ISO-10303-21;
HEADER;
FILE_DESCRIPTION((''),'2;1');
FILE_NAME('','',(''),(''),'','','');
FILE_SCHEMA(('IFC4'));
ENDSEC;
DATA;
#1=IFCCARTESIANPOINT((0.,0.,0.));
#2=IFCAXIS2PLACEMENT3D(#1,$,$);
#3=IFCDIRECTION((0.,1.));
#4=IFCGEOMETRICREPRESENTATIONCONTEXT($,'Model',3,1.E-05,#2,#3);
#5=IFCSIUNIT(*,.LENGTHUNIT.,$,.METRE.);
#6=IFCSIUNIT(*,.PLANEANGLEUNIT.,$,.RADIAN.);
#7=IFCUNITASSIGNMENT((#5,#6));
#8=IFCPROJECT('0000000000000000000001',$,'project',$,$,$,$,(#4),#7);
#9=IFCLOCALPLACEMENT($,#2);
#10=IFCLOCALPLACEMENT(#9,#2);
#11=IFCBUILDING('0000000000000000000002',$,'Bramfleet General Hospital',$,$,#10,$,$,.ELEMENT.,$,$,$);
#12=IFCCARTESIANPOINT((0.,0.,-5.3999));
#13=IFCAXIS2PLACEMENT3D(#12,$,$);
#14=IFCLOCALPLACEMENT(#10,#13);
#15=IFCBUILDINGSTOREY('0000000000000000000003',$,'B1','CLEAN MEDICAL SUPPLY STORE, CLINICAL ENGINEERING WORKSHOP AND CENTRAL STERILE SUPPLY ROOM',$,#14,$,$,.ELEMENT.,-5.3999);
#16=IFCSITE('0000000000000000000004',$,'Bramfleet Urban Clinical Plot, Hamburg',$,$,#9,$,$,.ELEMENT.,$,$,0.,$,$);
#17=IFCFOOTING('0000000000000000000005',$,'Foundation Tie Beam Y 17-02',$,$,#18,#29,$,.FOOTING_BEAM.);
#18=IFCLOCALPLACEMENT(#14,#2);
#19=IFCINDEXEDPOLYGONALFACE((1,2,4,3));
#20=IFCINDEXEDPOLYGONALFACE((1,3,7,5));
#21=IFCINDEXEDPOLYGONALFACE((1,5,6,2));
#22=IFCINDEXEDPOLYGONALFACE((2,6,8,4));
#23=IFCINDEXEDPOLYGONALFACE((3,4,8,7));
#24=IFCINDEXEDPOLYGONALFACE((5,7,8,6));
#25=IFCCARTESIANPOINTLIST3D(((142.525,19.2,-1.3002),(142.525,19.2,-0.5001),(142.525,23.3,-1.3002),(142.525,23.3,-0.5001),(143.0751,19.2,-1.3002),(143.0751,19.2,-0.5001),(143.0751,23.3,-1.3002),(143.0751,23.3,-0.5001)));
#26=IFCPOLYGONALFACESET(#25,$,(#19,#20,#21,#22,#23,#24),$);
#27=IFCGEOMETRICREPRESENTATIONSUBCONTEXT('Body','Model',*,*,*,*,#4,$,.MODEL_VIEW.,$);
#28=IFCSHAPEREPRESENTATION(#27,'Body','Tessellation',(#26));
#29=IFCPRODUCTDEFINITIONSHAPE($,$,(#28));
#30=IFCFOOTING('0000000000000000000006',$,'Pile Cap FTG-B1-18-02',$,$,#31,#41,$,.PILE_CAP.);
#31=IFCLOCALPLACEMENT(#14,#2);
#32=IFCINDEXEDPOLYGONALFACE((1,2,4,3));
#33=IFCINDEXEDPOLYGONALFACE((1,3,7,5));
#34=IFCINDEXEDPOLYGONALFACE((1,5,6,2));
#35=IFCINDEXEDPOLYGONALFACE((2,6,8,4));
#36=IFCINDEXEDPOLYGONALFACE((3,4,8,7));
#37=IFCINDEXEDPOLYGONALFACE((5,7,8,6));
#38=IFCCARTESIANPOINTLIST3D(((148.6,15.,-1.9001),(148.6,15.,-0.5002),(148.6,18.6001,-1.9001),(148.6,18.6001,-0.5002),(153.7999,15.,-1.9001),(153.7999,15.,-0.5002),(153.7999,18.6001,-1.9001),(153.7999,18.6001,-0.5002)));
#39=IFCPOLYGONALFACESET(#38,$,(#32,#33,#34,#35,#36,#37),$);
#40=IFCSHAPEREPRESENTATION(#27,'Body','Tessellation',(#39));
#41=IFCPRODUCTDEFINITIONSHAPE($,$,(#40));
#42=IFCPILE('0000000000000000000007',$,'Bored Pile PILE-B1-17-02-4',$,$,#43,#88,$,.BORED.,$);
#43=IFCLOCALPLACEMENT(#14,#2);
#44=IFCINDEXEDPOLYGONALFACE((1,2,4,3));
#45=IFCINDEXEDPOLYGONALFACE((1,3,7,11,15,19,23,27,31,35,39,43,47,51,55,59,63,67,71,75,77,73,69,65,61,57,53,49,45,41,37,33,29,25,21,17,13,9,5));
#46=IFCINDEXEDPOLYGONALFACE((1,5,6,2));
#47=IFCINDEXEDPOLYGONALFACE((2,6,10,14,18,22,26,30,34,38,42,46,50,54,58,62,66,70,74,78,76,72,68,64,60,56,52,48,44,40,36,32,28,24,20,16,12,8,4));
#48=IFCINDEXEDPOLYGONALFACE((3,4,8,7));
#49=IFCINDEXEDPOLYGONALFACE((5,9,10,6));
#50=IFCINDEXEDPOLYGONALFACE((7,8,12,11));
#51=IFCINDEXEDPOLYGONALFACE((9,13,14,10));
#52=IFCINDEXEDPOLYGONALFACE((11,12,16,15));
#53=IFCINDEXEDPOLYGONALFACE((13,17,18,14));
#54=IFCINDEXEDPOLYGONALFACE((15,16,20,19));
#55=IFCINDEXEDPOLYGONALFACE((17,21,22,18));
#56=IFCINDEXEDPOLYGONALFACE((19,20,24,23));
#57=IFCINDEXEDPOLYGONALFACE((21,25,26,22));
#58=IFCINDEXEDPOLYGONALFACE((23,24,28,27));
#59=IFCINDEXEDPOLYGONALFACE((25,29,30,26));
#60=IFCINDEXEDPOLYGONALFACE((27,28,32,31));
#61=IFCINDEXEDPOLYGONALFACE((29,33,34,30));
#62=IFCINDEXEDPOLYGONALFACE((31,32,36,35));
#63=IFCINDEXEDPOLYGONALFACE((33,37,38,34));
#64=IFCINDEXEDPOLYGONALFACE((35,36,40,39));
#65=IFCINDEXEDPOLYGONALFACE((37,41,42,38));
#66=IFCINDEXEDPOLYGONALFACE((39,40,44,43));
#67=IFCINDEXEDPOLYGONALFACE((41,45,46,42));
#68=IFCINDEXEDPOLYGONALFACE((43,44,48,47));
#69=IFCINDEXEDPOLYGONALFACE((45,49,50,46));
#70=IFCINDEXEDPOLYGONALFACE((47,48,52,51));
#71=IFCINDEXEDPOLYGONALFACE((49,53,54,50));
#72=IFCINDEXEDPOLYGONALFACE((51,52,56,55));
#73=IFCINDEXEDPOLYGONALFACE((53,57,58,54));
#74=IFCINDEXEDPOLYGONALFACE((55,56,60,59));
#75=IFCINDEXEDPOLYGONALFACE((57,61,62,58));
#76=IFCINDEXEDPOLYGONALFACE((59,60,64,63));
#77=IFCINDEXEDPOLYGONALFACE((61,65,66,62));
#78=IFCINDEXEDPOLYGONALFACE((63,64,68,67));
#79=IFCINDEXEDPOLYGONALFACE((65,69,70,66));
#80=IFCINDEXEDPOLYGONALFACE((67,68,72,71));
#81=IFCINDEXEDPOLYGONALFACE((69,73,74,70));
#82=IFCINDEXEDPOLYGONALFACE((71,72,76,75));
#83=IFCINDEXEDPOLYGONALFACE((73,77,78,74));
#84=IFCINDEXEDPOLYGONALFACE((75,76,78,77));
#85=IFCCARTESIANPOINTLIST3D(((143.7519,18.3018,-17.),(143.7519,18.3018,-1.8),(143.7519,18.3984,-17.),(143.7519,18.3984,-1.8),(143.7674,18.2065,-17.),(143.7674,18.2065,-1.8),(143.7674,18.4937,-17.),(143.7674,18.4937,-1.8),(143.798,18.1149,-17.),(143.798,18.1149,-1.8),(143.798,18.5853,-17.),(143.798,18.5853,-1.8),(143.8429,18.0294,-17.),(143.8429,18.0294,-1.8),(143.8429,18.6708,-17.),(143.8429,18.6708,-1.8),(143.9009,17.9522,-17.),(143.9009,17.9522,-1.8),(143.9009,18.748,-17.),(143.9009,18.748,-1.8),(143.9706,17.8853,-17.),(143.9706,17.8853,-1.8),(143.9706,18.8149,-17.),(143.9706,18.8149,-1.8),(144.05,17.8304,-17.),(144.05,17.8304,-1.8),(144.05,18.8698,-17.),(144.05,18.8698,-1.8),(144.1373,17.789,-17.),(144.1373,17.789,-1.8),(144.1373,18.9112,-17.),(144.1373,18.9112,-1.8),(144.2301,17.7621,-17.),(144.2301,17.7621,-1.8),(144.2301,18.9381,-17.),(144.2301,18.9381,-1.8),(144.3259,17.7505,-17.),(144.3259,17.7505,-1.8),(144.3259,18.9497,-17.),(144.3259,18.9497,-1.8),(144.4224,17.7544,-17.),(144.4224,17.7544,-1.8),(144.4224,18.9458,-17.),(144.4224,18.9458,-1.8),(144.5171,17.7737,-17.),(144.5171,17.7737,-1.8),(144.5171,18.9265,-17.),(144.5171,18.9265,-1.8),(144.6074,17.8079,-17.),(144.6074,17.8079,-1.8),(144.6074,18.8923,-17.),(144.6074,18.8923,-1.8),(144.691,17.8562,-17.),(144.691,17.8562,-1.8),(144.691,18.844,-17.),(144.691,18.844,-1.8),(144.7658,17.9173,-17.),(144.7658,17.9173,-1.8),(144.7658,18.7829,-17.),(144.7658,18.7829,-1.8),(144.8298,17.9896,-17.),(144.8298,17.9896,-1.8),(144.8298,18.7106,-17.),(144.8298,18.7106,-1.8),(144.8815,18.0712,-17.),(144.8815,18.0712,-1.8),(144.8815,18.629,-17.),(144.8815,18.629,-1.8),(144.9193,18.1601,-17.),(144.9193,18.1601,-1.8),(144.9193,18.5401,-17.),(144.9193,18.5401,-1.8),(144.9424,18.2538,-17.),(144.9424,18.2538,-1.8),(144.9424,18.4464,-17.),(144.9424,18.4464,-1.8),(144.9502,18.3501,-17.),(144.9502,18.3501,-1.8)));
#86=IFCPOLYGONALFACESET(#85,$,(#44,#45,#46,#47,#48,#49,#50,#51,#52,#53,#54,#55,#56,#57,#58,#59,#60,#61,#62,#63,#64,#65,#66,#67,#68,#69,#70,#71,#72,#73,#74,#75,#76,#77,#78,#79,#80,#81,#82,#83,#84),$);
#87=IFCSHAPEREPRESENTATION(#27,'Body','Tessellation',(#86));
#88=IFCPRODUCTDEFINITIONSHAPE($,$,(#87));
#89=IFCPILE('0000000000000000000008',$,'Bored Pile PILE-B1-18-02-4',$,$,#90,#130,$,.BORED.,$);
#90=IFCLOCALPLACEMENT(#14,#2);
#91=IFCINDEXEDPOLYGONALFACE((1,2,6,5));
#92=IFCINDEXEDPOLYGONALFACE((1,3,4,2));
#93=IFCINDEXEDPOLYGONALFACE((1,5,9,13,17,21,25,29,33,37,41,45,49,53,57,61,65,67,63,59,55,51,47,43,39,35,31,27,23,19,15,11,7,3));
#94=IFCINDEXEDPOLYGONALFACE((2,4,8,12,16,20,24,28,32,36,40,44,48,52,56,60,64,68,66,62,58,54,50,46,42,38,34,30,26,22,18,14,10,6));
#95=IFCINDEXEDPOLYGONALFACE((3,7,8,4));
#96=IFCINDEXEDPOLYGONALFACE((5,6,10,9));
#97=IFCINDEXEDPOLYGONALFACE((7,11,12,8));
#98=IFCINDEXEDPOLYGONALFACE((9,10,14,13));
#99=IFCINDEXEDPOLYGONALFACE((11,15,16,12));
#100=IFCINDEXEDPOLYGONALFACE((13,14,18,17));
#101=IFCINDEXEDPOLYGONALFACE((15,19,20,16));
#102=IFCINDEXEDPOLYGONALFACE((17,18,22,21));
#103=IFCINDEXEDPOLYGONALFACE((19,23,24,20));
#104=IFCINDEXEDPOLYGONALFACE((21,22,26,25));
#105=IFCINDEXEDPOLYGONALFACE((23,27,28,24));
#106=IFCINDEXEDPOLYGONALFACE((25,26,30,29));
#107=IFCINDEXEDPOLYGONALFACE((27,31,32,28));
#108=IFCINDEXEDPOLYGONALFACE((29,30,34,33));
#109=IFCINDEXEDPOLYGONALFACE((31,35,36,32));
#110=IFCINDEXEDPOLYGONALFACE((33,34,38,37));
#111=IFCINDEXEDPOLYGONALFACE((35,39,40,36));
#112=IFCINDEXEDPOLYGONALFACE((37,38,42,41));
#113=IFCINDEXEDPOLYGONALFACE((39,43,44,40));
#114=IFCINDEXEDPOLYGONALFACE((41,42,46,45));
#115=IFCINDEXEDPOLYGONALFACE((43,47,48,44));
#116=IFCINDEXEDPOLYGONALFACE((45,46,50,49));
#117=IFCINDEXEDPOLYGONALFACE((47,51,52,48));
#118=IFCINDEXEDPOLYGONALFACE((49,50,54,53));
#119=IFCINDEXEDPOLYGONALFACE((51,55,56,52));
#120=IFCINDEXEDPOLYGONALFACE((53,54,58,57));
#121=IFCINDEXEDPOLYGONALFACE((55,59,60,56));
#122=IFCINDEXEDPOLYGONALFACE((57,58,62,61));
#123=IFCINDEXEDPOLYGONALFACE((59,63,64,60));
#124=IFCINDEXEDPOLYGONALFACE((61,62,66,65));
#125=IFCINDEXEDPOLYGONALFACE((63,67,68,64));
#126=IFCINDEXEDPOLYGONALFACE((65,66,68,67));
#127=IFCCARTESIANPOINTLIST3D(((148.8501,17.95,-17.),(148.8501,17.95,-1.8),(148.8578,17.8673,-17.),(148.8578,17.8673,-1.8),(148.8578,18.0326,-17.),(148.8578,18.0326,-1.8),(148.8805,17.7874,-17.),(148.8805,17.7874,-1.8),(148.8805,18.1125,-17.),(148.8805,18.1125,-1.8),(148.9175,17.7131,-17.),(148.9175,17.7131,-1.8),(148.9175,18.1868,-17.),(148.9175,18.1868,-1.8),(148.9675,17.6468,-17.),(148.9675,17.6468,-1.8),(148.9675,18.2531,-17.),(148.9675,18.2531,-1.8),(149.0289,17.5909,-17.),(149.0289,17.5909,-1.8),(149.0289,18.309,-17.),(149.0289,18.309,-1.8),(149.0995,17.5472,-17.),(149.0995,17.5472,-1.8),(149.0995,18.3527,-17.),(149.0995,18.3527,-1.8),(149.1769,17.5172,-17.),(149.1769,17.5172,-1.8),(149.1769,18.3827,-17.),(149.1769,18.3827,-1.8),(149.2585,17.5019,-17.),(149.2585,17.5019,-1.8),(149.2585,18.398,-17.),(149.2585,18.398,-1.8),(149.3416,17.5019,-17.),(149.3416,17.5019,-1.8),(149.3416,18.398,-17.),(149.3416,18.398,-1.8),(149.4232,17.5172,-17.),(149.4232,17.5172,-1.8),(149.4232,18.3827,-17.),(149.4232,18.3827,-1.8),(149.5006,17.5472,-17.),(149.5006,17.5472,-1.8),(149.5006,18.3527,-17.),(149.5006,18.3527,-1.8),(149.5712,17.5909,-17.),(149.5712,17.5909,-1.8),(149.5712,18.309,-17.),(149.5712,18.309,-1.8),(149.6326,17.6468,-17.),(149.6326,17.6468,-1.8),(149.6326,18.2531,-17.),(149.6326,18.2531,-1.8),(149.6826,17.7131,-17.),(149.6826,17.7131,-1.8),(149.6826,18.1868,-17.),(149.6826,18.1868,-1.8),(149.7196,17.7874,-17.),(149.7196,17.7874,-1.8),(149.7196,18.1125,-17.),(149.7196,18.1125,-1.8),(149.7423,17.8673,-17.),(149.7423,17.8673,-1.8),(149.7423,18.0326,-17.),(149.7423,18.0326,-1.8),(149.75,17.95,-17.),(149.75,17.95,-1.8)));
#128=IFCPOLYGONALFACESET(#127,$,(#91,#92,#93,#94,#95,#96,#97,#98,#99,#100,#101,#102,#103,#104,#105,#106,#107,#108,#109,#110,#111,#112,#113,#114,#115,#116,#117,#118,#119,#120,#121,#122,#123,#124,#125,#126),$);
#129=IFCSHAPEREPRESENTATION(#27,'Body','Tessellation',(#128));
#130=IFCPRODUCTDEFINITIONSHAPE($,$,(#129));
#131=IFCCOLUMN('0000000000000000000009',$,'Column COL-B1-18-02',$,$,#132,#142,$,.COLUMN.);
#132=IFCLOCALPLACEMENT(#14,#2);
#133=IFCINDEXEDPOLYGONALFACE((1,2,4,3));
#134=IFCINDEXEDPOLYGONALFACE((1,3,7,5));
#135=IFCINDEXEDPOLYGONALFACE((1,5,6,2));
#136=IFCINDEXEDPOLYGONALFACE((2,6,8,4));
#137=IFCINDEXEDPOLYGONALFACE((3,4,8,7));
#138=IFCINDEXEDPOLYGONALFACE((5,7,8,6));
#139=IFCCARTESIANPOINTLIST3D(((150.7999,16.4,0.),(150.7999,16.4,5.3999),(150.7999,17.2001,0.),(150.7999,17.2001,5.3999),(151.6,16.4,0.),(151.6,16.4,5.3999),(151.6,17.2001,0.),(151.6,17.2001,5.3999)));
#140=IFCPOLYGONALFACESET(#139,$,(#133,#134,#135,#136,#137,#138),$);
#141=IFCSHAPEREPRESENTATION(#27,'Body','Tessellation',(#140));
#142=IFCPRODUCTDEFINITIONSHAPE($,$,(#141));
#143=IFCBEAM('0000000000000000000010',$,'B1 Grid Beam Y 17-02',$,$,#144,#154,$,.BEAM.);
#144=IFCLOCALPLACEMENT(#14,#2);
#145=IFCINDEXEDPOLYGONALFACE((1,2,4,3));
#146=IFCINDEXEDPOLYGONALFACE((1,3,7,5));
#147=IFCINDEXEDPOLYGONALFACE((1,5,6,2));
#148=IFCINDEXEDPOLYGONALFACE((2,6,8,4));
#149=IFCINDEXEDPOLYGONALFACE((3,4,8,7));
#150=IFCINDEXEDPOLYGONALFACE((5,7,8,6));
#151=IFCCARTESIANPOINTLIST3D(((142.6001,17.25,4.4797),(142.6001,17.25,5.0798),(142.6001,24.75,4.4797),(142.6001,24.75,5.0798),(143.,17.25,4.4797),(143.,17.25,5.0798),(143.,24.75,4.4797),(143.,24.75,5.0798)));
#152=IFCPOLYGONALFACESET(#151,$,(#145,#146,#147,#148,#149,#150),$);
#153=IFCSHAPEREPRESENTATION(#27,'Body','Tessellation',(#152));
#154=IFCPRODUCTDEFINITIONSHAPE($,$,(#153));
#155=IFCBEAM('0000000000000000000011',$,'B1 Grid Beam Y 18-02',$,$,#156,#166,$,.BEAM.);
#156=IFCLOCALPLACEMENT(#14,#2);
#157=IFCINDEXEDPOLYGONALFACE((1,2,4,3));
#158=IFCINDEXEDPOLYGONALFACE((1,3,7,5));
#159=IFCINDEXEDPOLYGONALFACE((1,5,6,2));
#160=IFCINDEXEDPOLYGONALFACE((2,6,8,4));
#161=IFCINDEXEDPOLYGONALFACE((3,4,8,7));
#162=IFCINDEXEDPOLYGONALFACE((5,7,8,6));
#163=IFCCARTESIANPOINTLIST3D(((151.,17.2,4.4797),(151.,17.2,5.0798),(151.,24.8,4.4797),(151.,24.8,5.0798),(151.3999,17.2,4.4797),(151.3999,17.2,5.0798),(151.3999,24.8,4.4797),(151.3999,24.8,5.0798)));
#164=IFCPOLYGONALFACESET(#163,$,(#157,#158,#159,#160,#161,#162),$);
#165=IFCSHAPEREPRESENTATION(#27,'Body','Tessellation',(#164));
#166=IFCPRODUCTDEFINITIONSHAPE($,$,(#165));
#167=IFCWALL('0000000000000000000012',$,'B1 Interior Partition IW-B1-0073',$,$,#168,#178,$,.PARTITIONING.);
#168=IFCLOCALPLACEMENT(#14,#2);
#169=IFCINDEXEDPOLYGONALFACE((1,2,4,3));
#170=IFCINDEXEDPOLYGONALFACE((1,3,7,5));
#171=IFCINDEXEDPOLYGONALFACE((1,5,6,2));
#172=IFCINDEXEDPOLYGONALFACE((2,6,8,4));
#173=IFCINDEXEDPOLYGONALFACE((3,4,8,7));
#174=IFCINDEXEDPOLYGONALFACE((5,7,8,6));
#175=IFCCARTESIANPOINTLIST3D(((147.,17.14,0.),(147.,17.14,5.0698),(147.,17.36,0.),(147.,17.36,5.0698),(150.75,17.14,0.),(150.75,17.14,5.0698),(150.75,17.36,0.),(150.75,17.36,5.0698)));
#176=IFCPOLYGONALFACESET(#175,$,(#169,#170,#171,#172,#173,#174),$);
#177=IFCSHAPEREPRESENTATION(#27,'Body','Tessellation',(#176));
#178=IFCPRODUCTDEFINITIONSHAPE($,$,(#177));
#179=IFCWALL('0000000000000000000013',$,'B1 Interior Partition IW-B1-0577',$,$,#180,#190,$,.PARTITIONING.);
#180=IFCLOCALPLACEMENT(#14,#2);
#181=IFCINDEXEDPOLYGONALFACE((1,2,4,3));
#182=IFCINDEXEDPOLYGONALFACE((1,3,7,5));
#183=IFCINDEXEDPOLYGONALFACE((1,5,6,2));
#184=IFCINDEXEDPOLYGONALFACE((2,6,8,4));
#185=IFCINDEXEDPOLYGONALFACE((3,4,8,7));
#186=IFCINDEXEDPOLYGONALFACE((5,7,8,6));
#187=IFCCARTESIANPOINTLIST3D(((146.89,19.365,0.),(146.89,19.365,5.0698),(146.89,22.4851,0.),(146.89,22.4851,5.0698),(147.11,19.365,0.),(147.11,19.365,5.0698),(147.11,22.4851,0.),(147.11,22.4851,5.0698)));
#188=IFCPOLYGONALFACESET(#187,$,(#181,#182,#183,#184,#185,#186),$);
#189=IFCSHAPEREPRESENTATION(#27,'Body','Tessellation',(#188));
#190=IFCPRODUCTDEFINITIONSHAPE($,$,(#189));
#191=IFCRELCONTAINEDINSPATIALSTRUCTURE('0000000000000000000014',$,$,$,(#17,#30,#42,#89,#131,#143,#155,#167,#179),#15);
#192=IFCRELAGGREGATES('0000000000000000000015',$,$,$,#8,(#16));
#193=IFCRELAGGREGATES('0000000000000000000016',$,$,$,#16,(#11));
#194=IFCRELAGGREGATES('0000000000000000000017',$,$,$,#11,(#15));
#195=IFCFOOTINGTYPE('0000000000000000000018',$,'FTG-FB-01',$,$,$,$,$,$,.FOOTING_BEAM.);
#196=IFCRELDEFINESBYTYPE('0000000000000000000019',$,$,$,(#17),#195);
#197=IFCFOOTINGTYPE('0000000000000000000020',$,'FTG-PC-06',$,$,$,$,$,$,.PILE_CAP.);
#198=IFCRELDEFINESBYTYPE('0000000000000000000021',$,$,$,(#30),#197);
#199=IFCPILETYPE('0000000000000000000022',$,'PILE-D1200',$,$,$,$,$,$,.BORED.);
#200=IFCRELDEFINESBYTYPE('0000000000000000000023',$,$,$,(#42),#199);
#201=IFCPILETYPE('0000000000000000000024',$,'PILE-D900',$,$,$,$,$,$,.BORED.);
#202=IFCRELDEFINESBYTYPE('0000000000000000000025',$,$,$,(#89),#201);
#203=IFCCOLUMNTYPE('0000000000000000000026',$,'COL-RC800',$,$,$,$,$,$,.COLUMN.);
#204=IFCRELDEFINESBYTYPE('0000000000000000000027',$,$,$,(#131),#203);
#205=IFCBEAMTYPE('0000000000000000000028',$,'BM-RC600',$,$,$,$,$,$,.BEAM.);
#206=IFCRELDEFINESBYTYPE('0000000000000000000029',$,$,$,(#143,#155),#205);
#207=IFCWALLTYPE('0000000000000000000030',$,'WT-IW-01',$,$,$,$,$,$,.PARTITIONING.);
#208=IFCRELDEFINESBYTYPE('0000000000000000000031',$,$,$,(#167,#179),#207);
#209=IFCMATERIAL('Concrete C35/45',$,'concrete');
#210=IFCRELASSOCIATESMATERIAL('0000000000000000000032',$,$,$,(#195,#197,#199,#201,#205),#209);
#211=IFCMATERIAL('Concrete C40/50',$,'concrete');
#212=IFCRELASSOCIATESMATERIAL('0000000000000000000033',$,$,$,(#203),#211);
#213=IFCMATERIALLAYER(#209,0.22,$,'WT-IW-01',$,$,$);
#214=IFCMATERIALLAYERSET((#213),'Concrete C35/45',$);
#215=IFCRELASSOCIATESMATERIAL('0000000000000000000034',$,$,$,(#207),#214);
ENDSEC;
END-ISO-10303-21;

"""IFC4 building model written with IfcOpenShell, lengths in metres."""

from ifc_helpers import new_model, si_unit, direction, frame, frame_2d, origin, origin_2d, place, context, subcontext, project, spatial, rectangle, circle, extrude, material, layer, layer_set, material_profile, profile_set, type_object, element, save


model = new_model("IFC4")

# Units and contexts
model_context = context("Model", 3, precision=1e-05, world=origin(), true_north=direction((0.0, 1.0)))
body_context = subcontext(model_context, "Body", "Model", "MODEL_VIEW")
ifc_project = project(units=[si_unit("LENGTHUNIT", "METRE"), si_unit("PLANEANGLEUNIT", "RADIAN")], contexts=[model_context])

# Site, building, storey
site_placement = place(None, origin())
site = spatial("IfcSite", under=ifc_project, at=site_placement, Name="Bramfleet Urban Clinical Plot, Hamburg", CompositionType="ELEMENT", RefElevation=0.0)
building_placement = place(site_placement, origin())
building = spatial("IfcBuilding", under=site, at=building_placement, Name="Bramfleet General Hospital", CompositionType="ELEMENT")
storey_placement = place(building_placement, frame((0.0, 0.0, -5.3999)))
storey = spatial("IfcBuildingStorey", under=building, at=storey_placement, Name="B1", Description="CLEAN MEDICAL SUPPLY STORE, CLINICAL ENGINEERING WORKSHOP AND CENTRAL STERILE SUPPLY ROOM", CompositionType="ELEMENT", Elevation=-5.3999)

# Footings
ifc_material_1 = material(Name="Concrete C35/45", Category="concrete")
ifc_material_profile_1 = material_profile(ifc_material_1, rectangle(XDim=0.55, YDim=0.8, at=origin_2d()), Name="RC FB 800x550")
ifc_profile_set_1 = profile_set([ifc_material_profile_1], Name="Concrete C35/45")
footing_type_1 = type_object("IfcFootingType", Name="FTG-FB-01", PredefinedType="FOOTING_BEAM", material=ifc_profile_set_1)
footing_1_placement = place(storey_placement, frame((142.8, 19.2, -0.9001), z_axis=(0.0, 1.0, 0.0), x_axis=(-1.0, 0.0, 0.0)))
element("IfcFooting", 1, at=footing_1_placement, inside=storey, type_object=footing_type_1, Name="Foundation Tie Beam Y 17-02", PredefinedType="FOOTING_BEAM", context=body_context, shape_type="SweptSolid", body=[
    extrude(rectangle(XDim=0.55, YDim=0.8, at=origin_2d()), origin(), (0.0, 0.0, 1.0), 4.1001),
])
footing_type_2 = type_object("IfcFootingType", Name="FTG-PC-06", PredefinedType="PILE_CAP", material=ifc_material_1)
footing_2_placement = place(storey_placement, frame((151.2, 16.8, -1.9001), z_axis=(0.0, 0.0, 1.0), x_axis=(1.0, 0.0, 0.0)))
element("IfcFooting", 2, at=footing_2_placement, inside=storey, type_object=footing_type_2, Name="Pile Cap FTG-B1-18-02", PredefinedType="PILE_CAP", context=body_context, shape_type="SweptSolid", body=[
    extrude(rectangle(XDim=5.2, YDim=3.6001, at=origin_2d()), origin(), (0.0, 0.0, 1.0), 1.3999),
])

# Piles
ifc_material_profile_2 = material_profile(ifc_material_1, circle(Radius=0.6001, at=origin_2d()), Name="PILE BORED D1200")
ifc_profile_set_2 = profile_set([ifc_material_profile_2], Name="Concrete C35/45")
pile_type_1 = type_object("IfcPileType", Name="PILE-D1200", PredefinedType="BORED", material=ifc_profile_set_2)
pile_1_placement = place(storey_placement, frame((144.3501, 18.3501, -1.8), z_axis=(0.0, 0.0, -1.0), x_axis=(1.0, 0.0, 0.0)))
element("IfcPile", 3, at=pile_1_placement, inside=storey, type_object=pile_type_1, Name="Bored Pile PILE-B1-17-02-4", PredefinedType="BORED", context=body_context, shape_type="SweptSolid", body=[
    extrude(circle(Radius=0.6001, at=origin_2d()), origin(), (0.0, 0.0, 1.0), 15.2),
])
ifc_material_profile_3 = material_profile(ifc_material_1, circle(Radius=0.45, at=origin_2d()), Name="PILE BORED D900")
ifc_profile_set_3 = profile_set([ifc_material_profile_3], Name="Concrete C35/45")
pile_type_2 = type_object("IfcPileType", Name="PILE-D900", PredefinedType="BORED", material=ifc_profile_set_3)
pile_2_placement = place(storey_placement, frame((149.3, 17.95, -1.8), z_axis=(0.0, 0.0, -1.0), x_axis=(1.0, 0.0, 0.0)))
element("IfcPile", 4, at=pile_2_placement, inside=storey, type_object=pile_type_2, Name="Bored Pile PILE-B1-18-02-4", PredefinedType="BORED", context=body_context, shape_type="SweptSolid", body=[
    extrude(circle(Radius=0.45, at=origin_2d()), origin(), (0.0, 0.0, 1.0), 15.2),
])

# Column
ifc_material_2 = material(Name="Concrete C40/50", Category="concrete")
ifc_material_profile_4 = material_profile(ifc_material_2, rectangle(XDim=0.8, YDim=0.8, at=origin_2d()), Name="RC COL 800x800")
ifc_profile_set_4 = profile_set([ifc_material_profile_4], Name="Concrete C40/50")
column_type = type_object("IfcColumnType", Name="COL-RC800", PredefinedType="COLUMN", material=ifc_profile_set_4)
column_placement = place(storey_placement, frame((151.2, 16.8, 0.0), z_axis=(0.0, 0.0, 1.0), x_axis=(1.0, 0.0, 0.0)))
element("IfcColumn", 5, at=column_placement, inside=storey, type_object=column_type, Name="Column COL-B1-18-02", PredefinedType="COLUMN", context=body_context, shape_type="SweptSolid", body=[
    extrude(rectangle(XDim=0.8, YDim=0.8, at=origin_2d()), origin(), (0.0, 0.0, 1.0), 5.3999),
])

# Beams
ifc_material_profile_5 = material_profile(ifc_material_1, rectangle(XDim=0.3999, YDim=0.6001, at=origin_2d()), Name="RC BM 600x400")
ifc_profile_set_5 = profile_set([ifc_material_profile_5], Name="Concrete C35/45")
beam_type = type_object("IfcBeamType", Name="BM-RC600", PredefinedType="BEAM", material=ifc_profile_set_5)
beam_1_placement = place(storey_placement, frame((142.8, 17.25, 4.7798), z_axis=(0.0, 1.0, 0.0), x_axis=(-1.0, 0.0, 0.0)))
element("IfcBeam", 6, at=beam_1_placement, inside=storey, type_object=beam_type, Name="B1 Grid Beam Y 17-02", PredefinedType="BEAM", context=body_context, shape_type="SweptSolid", body=[
    extrude(rectangle(XDim=0.3999, YDim=0.6001, at=origin_2d()), origin(), (0.0, 0.0, 1.0), 7.5),
])
beam_2_placement = place(storey_placement, frame((151.2, 17.2, 4.7798), z_axis=(0.0, 1.0, 0.0), x_axis=(-1.0, 0.0, 0.0)))
element("IfcBeam", 7, at=beam_2_placement, inside=storey, type_object=beam_type, Name="B1 Grid Beam Y 18-02", PredefinedType="BEAM", context=body_context, shape_type="SweptSolid", body=[
    extrude(rectangle(XDim=0.3999, YDim=0.6001, at=origin_2d()), origin(), (0.0, 0.0, 1.0), 7.6001),
])

# Walls
ifc_layer_1 = layer(ifc_material_1, 0.22, Name="WT-IW-01")
ifc_layer_set_1 = layer_set([ifc_layer_1], Name="Concrete C35/45")
wall_type_1 = type_object("IfcWallType", Name="WT-IW-01", PredefinedType="PARTITIONING", material=ifc_layer_set_1)
wall_1_placement = place(storey_placement, frame((147.0, 17.25, 0.0), z_axis=(0.0, 0.0, 1.0), x_axis=(1.0, 0.0, 0.0)))
element("IfcWall", 8, at=wall_1_placement, inside=storey, type_object=wall_type_1, Name="B1 Interior Partition IW-B1-0073", PredefinedType="PARTITIONING", context=body_context, shape_type="SweptSolid", body=[
    extrude(rectangle(XDim=3.75, YDim=0.22, at=frame_2d((1.875, 0.0))), origin(), (0.0, 0.0, 1.0), 5.0698),
])
wall_2_placement = place(storey_placement, frame((147.0, 19.365, 0.0), z_axis=(0.0, 0.0, 1.0), x_axis=(0.0, 1.0, 0.0)))
element("IfcWall", 9, at=wall_2_placement, inside=storey, type_object=wall_type_1, Name="B1 Interior Partition IW-B1-0577", PredefinedType="PARTITIONING", context=body_context, shape_type="SweptSolid", body=[
    extrude(rectangle(XDim=3.1201, YDim=0.22, at=frame_2d((1.5601, 0.0))), origin(), (0.0, 0.0, 1.0), 5.0698),
])

save(model, "model.ifc")
